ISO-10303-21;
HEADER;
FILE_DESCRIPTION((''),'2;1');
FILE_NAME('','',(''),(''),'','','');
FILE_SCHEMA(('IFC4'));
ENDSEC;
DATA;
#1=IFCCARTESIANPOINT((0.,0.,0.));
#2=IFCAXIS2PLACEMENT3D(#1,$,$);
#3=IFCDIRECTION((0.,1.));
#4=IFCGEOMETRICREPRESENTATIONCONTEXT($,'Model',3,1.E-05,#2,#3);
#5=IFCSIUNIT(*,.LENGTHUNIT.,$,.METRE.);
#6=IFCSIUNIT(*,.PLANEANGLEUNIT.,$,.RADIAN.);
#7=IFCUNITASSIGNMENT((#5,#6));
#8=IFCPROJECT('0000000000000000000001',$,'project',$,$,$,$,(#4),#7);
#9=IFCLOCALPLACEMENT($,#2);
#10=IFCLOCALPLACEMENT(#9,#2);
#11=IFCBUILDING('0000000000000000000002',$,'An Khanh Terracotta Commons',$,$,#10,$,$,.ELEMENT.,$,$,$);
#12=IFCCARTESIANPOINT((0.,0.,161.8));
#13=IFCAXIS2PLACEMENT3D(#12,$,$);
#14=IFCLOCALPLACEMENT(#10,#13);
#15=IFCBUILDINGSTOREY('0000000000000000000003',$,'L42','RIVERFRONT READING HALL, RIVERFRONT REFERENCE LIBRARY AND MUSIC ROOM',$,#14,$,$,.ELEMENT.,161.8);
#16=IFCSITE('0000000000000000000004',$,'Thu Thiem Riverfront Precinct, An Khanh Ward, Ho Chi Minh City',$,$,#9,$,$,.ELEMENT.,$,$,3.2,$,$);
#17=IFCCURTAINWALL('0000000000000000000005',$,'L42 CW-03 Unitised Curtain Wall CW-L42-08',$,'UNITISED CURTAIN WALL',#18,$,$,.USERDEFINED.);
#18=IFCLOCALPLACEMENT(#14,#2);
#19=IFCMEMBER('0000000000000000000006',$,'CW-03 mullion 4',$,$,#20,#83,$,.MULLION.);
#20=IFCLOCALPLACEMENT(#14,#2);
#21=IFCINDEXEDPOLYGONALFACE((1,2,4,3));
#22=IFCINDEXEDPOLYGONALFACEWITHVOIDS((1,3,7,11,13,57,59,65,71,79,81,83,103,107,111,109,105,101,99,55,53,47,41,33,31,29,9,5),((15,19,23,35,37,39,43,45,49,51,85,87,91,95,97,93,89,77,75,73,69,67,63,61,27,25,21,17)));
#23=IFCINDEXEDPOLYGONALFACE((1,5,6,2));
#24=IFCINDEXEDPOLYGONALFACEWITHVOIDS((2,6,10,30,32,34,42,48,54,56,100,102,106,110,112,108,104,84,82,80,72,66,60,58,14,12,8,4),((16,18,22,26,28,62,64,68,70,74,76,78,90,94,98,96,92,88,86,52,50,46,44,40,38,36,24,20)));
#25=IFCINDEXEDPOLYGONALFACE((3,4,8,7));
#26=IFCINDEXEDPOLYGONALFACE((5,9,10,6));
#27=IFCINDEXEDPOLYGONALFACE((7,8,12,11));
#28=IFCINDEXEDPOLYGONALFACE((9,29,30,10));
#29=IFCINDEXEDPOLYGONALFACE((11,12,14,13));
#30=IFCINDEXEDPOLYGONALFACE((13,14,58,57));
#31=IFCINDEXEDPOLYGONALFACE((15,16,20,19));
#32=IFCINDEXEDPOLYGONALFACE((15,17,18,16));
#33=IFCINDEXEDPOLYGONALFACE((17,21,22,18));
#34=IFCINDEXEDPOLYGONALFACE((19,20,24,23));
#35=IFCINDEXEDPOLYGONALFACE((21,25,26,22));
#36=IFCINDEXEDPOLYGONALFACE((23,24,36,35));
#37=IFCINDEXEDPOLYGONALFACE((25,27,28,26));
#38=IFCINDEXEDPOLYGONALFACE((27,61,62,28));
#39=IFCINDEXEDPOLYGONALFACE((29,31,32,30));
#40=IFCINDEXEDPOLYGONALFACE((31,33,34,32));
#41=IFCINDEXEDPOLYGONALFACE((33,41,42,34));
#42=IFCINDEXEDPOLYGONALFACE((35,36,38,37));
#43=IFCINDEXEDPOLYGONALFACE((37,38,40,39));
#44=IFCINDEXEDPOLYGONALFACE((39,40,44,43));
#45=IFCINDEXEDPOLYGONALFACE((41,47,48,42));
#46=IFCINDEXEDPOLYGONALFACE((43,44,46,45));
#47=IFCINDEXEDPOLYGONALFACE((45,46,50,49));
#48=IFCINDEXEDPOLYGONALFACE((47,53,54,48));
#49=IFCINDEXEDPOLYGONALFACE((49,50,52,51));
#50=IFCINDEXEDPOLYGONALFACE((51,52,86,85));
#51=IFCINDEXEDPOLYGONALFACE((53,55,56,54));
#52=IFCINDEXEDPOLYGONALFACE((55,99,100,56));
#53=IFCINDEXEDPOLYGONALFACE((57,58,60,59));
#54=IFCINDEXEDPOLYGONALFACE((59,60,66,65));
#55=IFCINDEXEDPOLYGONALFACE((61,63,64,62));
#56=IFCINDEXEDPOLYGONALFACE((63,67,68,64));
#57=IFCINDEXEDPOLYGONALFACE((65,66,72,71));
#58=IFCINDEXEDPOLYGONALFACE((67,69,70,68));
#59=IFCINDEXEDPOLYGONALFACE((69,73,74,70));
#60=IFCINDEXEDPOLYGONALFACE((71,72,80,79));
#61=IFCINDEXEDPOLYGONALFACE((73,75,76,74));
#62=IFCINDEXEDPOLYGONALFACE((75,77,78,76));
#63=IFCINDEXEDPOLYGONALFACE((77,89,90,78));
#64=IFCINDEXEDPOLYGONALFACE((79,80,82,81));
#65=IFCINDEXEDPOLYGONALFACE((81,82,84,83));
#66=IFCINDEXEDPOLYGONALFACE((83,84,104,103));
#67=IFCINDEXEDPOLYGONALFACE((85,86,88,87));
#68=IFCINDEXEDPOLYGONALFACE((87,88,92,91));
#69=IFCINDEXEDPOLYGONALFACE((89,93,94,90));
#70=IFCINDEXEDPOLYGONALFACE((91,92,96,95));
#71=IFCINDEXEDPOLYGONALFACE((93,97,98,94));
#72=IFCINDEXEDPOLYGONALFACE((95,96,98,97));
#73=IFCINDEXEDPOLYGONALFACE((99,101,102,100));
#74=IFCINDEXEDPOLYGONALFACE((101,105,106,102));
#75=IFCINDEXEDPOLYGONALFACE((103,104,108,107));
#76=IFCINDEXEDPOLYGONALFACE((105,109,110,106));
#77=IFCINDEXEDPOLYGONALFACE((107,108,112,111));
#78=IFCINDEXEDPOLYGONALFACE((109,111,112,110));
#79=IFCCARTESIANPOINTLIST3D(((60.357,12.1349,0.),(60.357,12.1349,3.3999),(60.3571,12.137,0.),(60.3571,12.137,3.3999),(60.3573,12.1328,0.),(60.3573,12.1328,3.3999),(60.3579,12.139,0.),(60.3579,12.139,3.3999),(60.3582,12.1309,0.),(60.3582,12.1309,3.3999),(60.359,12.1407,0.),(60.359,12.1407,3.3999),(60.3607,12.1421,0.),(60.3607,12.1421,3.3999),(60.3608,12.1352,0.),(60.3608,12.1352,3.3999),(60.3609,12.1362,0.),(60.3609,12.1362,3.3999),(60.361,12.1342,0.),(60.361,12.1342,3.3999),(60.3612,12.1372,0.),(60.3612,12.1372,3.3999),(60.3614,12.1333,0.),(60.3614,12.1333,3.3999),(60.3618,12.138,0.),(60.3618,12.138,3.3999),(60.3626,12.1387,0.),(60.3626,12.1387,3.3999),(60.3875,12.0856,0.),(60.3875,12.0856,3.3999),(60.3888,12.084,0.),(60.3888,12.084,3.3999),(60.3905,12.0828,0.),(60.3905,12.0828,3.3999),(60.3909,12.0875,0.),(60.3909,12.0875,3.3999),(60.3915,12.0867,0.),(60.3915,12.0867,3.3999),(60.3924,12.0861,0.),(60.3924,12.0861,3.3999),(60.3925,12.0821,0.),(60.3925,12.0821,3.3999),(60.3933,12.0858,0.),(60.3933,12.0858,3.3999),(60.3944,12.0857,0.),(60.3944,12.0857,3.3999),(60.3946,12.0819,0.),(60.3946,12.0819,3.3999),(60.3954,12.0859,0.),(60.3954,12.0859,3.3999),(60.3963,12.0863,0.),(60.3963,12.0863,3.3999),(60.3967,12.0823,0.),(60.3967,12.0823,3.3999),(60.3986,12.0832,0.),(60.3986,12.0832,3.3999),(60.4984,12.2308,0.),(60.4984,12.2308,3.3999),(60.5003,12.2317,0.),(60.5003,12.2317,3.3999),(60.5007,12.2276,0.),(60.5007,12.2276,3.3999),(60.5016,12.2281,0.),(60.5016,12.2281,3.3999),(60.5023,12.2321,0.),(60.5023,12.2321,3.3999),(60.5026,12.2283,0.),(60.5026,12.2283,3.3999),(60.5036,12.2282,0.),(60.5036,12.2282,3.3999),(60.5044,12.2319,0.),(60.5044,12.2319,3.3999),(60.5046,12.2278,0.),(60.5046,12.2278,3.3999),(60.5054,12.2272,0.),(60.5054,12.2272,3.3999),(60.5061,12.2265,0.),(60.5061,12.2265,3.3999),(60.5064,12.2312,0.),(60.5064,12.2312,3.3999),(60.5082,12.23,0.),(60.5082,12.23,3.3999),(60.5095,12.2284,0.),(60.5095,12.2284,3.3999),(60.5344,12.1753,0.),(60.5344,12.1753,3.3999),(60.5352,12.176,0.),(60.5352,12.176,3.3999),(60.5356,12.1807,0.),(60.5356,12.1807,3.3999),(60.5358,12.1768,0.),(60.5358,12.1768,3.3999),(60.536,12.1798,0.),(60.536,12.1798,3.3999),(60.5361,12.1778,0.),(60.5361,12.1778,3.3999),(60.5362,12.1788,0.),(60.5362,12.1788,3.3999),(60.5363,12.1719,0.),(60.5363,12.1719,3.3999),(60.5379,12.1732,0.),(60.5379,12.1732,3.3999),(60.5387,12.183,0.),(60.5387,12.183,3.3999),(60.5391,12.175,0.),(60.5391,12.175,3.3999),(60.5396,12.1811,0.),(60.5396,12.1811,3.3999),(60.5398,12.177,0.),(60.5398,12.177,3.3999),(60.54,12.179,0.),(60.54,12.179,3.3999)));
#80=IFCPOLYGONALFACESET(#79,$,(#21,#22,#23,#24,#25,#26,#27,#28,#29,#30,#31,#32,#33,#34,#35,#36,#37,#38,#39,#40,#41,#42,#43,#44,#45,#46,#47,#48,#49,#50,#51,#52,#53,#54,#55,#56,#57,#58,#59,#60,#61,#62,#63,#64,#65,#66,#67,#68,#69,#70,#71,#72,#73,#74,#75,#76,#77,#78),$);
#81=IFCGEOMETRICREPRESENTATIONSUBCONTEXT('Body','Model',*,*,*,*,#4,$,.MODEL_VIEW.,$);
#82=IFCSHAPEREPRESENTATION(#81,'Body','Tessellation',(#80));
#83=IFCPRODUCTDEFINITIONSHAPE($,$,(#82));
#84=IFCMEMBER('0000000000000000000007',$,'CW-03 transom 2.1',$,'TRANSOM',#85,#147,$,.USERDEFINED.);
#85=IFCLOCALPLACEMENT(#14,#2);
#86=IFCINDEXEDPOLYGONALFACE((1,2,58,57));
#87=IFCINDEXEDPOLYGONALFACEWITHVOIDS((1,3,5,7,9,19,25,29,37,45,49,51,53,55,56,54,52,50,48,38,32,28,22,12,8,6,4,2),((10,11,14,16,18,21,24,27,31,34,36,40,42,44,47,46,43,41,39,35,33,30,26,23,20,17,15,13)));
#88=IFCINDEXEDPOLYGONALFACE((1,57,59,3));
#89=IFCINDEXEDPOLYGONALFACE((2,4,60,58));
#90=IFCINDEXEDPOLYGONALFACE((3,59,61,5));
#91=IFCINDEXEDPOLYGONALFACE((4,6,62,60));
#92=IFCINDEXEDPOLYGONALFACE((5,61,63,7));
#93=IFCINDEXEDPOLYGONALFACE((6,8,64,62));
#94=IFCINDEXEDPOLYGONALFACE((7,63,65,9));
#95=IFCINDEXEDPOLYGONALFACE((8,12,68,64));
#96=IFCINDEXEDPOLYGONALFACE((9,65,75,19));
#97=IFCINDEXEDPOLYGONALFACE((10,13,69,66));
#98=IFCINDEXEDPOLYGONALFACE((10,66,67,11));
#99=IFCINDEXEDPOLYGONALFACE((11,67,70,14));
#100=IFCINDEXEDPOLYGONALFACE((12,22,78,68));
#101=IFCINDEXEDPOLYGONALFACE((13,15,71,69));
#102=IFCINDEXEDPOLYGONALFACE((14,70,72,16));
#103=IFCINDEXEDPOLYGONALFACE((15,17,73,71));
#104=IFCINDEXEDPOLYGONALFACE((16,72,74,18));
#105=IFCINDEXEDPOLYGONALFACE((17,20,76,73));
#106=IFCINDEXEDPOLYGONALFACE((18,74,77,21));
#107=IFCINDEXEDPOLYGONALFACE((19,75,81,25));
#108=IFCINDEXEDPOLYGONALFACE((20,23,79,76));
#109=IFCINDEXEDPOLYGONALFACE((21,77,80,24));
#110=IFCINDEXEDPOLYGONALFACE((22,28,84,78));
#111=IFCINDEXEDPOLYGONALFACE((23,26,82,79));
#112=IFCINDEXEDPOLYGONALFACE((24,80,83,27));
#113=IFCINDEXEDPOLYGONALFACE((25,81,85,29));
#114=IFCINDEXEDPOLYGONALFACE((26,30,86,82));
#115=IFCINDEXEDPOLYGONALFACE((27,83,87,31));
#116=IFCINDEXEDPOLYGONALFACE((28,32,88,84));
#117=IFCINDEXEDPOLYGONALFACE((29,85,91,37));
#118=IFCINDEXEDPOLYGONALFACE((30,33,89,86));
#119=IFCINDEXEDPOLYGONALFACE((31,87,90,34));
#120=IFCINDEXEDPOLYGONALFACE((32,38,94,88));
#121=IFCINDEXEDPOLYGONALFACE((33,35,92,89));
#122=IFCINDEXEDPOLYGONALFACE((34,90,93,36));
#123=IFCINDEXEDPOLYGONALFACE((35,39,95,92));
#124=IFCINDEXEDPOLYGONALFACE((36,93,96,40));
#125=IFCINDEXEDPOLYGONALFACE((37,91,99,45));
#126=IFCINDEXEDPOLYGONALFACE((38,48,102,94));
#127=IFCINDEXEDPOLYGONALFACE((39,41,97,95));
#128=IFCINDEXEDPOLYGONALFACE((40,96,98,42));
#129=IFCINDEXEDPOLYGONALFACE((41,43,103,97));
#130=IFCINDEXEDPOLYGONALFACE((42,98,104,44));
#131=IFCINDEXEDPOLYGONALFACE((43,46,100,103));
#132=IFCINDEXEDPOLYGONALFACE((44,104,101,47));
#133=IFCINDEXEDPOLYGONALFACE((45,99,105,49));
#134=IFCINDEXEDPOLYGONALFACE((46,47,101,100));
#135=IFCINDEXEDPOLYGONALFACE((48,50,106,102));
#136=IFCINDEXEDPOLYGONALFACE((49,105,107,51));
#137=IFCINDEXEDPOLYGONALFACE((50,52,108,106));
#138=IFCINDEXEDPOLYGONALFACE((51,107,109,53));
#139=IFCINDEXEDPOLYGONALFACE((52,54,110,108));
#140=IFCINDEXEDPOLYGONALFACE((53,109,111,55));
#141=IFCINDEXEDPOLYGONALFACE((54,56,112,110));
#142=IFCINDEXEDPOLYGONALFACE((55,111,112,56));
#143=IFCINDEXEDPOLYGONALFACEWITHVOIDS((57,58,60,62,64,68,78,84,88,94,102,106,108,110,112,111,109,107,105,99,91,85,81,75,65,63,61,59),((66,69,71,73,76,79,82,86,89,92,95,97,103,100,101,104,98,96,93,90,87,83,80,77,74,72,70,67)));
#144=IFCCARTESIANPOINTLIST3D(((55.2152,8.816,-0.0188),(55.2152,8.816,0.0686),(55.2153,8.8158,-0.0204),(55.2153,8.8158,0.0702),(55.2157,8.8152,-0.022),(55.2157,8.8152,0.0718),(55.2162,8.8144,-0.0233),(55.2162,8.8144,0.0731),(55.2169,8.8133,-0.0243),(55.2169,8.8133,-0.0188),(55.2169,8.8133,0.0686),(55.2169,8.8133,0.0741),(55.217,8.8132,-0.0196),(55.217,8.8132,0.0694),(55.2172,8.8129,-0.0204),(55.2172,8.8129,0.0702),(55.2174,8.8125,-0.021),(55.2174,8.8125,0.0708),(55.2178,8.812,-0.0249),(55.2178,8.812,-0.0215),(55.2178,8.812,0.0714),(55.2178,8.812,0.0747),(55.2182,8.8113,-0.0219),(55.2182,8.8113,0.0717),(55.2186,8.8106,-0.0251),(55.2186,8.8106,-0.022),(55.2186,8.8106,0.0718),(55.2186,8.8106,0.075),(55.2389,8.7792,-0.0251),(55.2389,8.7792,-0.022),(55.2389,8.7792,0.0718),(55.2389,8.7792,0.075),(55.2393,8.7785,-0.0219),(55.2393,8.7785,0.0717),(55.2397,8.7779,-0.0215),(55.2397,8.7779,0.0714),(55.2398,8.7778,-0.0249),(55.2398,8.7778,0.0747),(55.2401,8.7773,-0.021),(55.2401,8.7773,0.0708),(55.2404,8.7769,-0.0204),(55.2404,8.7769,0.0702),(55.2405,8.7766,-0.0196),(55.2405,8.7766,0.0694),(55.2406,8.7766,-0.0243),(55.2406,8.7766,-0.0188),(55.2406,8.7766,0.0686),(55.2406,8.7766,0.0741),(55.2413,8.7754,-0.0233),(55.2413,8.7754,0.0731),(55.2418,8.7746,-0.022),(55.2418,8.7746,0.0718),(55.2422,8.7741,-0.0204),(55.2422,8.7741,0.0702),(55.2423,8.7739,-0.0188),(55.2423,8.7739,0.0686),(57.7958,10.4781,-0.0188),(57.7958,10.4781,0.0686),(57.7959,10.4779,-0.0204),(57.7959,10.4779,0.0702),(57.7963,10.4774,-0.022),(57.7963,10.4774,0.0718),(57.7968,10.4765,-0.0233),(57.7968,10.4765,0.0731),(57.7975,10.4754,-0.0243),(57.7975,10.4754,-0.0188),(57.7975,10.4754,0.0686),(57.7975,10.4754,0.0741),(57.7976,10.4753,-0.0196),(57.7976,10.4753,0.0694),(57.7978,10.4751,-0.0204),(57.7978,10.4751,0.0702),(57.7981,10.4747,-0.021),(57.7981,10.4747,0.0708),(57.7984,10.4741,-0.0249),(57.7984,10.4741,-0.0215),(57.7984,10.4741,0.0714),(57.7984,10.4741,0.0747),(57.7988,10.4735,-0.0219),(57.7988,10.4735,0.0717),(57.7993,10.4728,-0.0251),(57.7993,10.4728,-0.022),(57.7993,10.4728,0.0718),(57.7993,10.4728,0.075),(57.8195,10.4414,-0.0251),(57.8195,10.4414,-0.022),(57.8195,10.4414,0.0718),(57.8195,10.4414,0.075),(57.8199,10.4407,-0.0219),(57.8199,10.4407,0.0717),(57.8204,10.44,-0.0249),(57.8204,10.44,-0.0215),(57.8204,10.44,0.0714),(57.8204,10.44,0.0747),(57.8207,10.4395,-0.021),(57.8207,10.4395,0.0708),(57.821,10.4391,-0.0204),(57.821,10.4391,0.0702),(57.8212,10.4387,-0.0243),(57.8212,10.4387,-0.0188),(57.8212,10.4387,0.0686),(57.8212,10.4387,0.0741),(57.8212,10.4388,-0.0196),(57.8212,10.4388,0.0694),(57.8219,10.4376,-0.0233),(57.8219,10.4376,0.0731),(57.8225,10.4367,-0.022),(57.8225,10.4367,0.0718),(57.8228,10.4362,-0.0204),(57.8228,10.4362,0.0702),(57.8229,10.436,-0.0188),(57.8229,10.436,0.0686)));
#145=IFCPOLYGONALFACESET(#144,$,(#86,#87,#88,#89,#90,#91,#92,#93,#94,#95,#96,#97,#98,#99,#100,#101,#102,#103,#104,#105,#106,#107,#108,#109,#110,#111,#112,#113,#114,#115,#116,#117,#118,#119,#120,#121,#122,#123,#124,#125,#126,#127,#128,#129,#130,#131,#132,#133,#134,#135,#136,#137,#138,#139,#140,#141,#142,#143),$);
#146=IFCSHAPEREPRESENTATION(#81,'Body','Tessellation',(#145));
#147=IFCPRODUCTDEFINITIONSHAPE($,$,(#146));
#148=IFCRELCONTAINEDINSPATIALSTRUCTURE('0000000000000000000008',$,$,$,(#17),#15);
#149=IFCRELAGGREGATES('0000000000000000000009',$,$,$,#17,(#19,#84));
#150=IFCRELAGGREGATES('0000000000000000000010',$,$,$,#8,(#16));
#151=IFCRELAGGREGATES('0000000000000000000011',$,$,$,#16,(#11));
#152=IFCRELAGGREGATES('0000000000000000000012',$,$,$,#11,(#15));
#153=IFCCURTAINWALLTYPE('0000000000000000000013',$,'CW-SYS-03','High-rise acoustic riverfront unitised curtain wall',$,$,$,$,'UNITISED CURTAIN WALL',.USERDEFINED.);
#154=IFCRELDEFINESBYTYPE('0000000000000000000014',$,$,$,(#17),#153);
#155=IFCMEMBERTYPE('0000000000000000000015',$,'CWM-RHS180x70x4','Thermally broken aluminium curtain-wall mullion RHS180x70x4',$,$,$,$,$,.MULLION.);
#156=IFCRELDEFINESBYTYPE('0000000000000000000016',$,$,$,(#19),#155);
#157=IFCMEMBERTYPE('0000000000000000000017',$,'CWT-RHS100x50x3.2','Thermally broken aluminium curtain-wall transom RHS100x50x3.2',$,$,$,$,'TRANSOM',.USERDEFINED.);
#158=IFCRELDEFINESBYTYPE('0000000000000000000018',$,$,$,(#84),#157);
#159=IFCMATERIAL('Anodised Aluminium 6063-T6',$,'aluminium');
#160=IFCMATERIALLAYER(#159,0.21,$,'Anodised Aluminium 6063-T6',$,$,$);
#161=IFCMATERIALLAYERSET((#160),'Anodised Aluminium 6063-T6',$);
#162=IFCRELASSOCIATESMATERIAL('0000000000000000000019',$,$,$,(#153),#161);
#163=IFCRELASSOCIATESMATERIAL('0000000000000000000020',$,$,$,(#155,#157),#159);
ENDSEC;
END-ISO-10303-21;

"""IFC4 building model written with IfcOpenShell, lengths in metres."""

from ifc_helpers import new_model, si_unit, direction, frame, origin, origin_2d, place, context, subcontext, project, spatial, hollow_rectangle, extrude, material, layer, layer_set, material_profile, profile_set, type_object, element, aggregate, save


model = new_model("IFC4")

# Units and contexts
model_context = context("Model", 3, precision=1e-05, world=origin(), true_north=direction((0.0, 1.0)))
body_context = subcontext(model_context, "Body", "Model", "MODEL_VIEW")
ifc_project = project(units=[si_unit("LENGTHUNIT", "METRE"), si_unit("PLANEANGLEUNIT", "RADIAN")], contexts=[model_context])

# Site, building, storey
site_placement = place(None, origin())
site = spatial("IfcSite", under=ifc_project, at=site_placement, Name="Thu Thiem Riverfront Precinct, An Khanh Ward, Ho Chi Minh City", CompositionType="ELEMENT", RefElevation=3.2)
building_placement = place(site_placement, origin())
building = spatial("IfcBuilding", under=site, at=building_placement, Name="An Khanh Terracotta Commons", CompositionType="ELEMENT")
storey_placement = place(building_placement, frame((0.0, 0.0, 161.8)))
storey = spatial("IfcBuildingStorey", under=building, at=storey_placement, Name="L42", Description="RIVERFRONT READING HALL, RIVERFRONT REFERENCE LIBRARY AND MUSIC ROOM", CompositionType="ELEMENT", Elevation=161.8)

# Shared definitions
ifc_material_1 = material(Name="Anodised Aluminium 6063-T6", Category="aluminium")

# Curtain wall, members
ifc_layer_1 = layer(ifc_material_1, 0.21, Name="Anodised Aluminium 6063-T6")
ifc_layer_set_1 = layer_set([ifc_layer_1], Name="Anodised Aluminium 6063-T6")
curtain_wall_type_1 = type_object("IfcCurtainWallType", Name="CW-SYS-03", Description="High-rise acoustic riverfront unitised curtain wall", ElementType="UNITISED CURTAIN WALL", PredefinedType="USERDEFINED", material=ifc_layer_set_1)
curtain_wall_1_placement = place(storey_placement, origin())
curtain_wall_1 = element("IfcCurtainWall", 1, at=curtain_wall_1_placement, inside=storey, type_object=curtain_wall_type_1, Name="L42 CW-03 Unitised Curtain Wall CW-L42-08", ObjectType="UNITISED CURTAIN WALL", PredefinedType="USERDEFINED")
ifc_material_profile_1 = material_profile(ifc_material_1, hollow_rectangle(XDim=0.0701, YDim=0.1799, WallThickness=0.0039, InnerFilletRadius=0.0039, OuterFilletRadius=0.0081, at=origin_2d()), Name="RHS180x70x4")
ifc_profile_set_1 = profile_set([ifc_material_profile_1], Name="Anodised Aluminium 6063-T6")
member_type_1 = type_object("IfcMemberType", Name="CWM-RHS180x70x4", Description="Thermally broken aluminium curtain-wall mullion RHS180x70x4", PredefinedType="MULLION", material=ifc_profile_set_1)
member_1_placement = place(storey_placement, frame((60.4485, 12.157, 0.0), z_axis=(0.0, 0.0, 1.0), x_axis=(-0.541498, 0.840702, 0.0)))
member_1 = element("IfcMember", 2, at=member_1_placement, type_object=member_type_1, Name="CW-03 mullion 4", PredefinedType="MULLION", context=body_context, shape_type="SweptSolid", body=[
    extrude(hollow_rectangle(XDim=0.0701, YDim=0.1799, WallThickness=0.0039, InnerFilletRadius=0.0039, OuterFilletRadius=0.0081, at=origin_2d()), origin(), (0.0, 0.0, 1.0), 3.3999),
])
ifc_material_profile_2 = material_profile(ifc_material_1, hollow_rectangle(XDim=0.05, YDim=0.1001, WallThickness=0.0032, InnerFilletRadius=0.0032, OuterFilletRadius=0.0063, at=origin_2d()), Name="RHS100x50x3.2")
ifc_profile_set_2 = profile_set([ifc_material_profile_2], Name="Anodised Aluminium 6063-T6")
member_type_2 = type_object("IfcMemberType", Name="CWT-RHS100x50x3.2", Description="Thermally broken aluminium curtain-wall transom RHS100x50x3.2", ElementType="TRANSOM", PredefinedType="USERDEFINED", material=ifc_profile_set_2)
member_2_placement = place(storey_placement, frame((55.2288, 8.7949, 0.0249), z_axis=(0.840708, 0.541489, 0.0), x_axis=(-0.541489, 0.840708, 0.0)))
member_2 = element("IfcMember", 3, at=member_2_placement, type_object=member_type_2, Name="CW-03 transom 2.1", ObjectType="TRANSOM", PredefinedType="USERDEFINED", context=body_context, shape_type="SweptSolid", body=[
    extrude(hollow_rectangle(XDim=0.05, YDim=0.1001, WallThickness=0.0032, InnerFilletRadius=0.0032, OuterFilletRadius=0.0063, at=origin_2d()), origin(), (0.0, 0.0, 1.0), 3.0696),
])

aggregate(curtain_wall_1, [member_1, member_2])

save(model, "model.ifc")
